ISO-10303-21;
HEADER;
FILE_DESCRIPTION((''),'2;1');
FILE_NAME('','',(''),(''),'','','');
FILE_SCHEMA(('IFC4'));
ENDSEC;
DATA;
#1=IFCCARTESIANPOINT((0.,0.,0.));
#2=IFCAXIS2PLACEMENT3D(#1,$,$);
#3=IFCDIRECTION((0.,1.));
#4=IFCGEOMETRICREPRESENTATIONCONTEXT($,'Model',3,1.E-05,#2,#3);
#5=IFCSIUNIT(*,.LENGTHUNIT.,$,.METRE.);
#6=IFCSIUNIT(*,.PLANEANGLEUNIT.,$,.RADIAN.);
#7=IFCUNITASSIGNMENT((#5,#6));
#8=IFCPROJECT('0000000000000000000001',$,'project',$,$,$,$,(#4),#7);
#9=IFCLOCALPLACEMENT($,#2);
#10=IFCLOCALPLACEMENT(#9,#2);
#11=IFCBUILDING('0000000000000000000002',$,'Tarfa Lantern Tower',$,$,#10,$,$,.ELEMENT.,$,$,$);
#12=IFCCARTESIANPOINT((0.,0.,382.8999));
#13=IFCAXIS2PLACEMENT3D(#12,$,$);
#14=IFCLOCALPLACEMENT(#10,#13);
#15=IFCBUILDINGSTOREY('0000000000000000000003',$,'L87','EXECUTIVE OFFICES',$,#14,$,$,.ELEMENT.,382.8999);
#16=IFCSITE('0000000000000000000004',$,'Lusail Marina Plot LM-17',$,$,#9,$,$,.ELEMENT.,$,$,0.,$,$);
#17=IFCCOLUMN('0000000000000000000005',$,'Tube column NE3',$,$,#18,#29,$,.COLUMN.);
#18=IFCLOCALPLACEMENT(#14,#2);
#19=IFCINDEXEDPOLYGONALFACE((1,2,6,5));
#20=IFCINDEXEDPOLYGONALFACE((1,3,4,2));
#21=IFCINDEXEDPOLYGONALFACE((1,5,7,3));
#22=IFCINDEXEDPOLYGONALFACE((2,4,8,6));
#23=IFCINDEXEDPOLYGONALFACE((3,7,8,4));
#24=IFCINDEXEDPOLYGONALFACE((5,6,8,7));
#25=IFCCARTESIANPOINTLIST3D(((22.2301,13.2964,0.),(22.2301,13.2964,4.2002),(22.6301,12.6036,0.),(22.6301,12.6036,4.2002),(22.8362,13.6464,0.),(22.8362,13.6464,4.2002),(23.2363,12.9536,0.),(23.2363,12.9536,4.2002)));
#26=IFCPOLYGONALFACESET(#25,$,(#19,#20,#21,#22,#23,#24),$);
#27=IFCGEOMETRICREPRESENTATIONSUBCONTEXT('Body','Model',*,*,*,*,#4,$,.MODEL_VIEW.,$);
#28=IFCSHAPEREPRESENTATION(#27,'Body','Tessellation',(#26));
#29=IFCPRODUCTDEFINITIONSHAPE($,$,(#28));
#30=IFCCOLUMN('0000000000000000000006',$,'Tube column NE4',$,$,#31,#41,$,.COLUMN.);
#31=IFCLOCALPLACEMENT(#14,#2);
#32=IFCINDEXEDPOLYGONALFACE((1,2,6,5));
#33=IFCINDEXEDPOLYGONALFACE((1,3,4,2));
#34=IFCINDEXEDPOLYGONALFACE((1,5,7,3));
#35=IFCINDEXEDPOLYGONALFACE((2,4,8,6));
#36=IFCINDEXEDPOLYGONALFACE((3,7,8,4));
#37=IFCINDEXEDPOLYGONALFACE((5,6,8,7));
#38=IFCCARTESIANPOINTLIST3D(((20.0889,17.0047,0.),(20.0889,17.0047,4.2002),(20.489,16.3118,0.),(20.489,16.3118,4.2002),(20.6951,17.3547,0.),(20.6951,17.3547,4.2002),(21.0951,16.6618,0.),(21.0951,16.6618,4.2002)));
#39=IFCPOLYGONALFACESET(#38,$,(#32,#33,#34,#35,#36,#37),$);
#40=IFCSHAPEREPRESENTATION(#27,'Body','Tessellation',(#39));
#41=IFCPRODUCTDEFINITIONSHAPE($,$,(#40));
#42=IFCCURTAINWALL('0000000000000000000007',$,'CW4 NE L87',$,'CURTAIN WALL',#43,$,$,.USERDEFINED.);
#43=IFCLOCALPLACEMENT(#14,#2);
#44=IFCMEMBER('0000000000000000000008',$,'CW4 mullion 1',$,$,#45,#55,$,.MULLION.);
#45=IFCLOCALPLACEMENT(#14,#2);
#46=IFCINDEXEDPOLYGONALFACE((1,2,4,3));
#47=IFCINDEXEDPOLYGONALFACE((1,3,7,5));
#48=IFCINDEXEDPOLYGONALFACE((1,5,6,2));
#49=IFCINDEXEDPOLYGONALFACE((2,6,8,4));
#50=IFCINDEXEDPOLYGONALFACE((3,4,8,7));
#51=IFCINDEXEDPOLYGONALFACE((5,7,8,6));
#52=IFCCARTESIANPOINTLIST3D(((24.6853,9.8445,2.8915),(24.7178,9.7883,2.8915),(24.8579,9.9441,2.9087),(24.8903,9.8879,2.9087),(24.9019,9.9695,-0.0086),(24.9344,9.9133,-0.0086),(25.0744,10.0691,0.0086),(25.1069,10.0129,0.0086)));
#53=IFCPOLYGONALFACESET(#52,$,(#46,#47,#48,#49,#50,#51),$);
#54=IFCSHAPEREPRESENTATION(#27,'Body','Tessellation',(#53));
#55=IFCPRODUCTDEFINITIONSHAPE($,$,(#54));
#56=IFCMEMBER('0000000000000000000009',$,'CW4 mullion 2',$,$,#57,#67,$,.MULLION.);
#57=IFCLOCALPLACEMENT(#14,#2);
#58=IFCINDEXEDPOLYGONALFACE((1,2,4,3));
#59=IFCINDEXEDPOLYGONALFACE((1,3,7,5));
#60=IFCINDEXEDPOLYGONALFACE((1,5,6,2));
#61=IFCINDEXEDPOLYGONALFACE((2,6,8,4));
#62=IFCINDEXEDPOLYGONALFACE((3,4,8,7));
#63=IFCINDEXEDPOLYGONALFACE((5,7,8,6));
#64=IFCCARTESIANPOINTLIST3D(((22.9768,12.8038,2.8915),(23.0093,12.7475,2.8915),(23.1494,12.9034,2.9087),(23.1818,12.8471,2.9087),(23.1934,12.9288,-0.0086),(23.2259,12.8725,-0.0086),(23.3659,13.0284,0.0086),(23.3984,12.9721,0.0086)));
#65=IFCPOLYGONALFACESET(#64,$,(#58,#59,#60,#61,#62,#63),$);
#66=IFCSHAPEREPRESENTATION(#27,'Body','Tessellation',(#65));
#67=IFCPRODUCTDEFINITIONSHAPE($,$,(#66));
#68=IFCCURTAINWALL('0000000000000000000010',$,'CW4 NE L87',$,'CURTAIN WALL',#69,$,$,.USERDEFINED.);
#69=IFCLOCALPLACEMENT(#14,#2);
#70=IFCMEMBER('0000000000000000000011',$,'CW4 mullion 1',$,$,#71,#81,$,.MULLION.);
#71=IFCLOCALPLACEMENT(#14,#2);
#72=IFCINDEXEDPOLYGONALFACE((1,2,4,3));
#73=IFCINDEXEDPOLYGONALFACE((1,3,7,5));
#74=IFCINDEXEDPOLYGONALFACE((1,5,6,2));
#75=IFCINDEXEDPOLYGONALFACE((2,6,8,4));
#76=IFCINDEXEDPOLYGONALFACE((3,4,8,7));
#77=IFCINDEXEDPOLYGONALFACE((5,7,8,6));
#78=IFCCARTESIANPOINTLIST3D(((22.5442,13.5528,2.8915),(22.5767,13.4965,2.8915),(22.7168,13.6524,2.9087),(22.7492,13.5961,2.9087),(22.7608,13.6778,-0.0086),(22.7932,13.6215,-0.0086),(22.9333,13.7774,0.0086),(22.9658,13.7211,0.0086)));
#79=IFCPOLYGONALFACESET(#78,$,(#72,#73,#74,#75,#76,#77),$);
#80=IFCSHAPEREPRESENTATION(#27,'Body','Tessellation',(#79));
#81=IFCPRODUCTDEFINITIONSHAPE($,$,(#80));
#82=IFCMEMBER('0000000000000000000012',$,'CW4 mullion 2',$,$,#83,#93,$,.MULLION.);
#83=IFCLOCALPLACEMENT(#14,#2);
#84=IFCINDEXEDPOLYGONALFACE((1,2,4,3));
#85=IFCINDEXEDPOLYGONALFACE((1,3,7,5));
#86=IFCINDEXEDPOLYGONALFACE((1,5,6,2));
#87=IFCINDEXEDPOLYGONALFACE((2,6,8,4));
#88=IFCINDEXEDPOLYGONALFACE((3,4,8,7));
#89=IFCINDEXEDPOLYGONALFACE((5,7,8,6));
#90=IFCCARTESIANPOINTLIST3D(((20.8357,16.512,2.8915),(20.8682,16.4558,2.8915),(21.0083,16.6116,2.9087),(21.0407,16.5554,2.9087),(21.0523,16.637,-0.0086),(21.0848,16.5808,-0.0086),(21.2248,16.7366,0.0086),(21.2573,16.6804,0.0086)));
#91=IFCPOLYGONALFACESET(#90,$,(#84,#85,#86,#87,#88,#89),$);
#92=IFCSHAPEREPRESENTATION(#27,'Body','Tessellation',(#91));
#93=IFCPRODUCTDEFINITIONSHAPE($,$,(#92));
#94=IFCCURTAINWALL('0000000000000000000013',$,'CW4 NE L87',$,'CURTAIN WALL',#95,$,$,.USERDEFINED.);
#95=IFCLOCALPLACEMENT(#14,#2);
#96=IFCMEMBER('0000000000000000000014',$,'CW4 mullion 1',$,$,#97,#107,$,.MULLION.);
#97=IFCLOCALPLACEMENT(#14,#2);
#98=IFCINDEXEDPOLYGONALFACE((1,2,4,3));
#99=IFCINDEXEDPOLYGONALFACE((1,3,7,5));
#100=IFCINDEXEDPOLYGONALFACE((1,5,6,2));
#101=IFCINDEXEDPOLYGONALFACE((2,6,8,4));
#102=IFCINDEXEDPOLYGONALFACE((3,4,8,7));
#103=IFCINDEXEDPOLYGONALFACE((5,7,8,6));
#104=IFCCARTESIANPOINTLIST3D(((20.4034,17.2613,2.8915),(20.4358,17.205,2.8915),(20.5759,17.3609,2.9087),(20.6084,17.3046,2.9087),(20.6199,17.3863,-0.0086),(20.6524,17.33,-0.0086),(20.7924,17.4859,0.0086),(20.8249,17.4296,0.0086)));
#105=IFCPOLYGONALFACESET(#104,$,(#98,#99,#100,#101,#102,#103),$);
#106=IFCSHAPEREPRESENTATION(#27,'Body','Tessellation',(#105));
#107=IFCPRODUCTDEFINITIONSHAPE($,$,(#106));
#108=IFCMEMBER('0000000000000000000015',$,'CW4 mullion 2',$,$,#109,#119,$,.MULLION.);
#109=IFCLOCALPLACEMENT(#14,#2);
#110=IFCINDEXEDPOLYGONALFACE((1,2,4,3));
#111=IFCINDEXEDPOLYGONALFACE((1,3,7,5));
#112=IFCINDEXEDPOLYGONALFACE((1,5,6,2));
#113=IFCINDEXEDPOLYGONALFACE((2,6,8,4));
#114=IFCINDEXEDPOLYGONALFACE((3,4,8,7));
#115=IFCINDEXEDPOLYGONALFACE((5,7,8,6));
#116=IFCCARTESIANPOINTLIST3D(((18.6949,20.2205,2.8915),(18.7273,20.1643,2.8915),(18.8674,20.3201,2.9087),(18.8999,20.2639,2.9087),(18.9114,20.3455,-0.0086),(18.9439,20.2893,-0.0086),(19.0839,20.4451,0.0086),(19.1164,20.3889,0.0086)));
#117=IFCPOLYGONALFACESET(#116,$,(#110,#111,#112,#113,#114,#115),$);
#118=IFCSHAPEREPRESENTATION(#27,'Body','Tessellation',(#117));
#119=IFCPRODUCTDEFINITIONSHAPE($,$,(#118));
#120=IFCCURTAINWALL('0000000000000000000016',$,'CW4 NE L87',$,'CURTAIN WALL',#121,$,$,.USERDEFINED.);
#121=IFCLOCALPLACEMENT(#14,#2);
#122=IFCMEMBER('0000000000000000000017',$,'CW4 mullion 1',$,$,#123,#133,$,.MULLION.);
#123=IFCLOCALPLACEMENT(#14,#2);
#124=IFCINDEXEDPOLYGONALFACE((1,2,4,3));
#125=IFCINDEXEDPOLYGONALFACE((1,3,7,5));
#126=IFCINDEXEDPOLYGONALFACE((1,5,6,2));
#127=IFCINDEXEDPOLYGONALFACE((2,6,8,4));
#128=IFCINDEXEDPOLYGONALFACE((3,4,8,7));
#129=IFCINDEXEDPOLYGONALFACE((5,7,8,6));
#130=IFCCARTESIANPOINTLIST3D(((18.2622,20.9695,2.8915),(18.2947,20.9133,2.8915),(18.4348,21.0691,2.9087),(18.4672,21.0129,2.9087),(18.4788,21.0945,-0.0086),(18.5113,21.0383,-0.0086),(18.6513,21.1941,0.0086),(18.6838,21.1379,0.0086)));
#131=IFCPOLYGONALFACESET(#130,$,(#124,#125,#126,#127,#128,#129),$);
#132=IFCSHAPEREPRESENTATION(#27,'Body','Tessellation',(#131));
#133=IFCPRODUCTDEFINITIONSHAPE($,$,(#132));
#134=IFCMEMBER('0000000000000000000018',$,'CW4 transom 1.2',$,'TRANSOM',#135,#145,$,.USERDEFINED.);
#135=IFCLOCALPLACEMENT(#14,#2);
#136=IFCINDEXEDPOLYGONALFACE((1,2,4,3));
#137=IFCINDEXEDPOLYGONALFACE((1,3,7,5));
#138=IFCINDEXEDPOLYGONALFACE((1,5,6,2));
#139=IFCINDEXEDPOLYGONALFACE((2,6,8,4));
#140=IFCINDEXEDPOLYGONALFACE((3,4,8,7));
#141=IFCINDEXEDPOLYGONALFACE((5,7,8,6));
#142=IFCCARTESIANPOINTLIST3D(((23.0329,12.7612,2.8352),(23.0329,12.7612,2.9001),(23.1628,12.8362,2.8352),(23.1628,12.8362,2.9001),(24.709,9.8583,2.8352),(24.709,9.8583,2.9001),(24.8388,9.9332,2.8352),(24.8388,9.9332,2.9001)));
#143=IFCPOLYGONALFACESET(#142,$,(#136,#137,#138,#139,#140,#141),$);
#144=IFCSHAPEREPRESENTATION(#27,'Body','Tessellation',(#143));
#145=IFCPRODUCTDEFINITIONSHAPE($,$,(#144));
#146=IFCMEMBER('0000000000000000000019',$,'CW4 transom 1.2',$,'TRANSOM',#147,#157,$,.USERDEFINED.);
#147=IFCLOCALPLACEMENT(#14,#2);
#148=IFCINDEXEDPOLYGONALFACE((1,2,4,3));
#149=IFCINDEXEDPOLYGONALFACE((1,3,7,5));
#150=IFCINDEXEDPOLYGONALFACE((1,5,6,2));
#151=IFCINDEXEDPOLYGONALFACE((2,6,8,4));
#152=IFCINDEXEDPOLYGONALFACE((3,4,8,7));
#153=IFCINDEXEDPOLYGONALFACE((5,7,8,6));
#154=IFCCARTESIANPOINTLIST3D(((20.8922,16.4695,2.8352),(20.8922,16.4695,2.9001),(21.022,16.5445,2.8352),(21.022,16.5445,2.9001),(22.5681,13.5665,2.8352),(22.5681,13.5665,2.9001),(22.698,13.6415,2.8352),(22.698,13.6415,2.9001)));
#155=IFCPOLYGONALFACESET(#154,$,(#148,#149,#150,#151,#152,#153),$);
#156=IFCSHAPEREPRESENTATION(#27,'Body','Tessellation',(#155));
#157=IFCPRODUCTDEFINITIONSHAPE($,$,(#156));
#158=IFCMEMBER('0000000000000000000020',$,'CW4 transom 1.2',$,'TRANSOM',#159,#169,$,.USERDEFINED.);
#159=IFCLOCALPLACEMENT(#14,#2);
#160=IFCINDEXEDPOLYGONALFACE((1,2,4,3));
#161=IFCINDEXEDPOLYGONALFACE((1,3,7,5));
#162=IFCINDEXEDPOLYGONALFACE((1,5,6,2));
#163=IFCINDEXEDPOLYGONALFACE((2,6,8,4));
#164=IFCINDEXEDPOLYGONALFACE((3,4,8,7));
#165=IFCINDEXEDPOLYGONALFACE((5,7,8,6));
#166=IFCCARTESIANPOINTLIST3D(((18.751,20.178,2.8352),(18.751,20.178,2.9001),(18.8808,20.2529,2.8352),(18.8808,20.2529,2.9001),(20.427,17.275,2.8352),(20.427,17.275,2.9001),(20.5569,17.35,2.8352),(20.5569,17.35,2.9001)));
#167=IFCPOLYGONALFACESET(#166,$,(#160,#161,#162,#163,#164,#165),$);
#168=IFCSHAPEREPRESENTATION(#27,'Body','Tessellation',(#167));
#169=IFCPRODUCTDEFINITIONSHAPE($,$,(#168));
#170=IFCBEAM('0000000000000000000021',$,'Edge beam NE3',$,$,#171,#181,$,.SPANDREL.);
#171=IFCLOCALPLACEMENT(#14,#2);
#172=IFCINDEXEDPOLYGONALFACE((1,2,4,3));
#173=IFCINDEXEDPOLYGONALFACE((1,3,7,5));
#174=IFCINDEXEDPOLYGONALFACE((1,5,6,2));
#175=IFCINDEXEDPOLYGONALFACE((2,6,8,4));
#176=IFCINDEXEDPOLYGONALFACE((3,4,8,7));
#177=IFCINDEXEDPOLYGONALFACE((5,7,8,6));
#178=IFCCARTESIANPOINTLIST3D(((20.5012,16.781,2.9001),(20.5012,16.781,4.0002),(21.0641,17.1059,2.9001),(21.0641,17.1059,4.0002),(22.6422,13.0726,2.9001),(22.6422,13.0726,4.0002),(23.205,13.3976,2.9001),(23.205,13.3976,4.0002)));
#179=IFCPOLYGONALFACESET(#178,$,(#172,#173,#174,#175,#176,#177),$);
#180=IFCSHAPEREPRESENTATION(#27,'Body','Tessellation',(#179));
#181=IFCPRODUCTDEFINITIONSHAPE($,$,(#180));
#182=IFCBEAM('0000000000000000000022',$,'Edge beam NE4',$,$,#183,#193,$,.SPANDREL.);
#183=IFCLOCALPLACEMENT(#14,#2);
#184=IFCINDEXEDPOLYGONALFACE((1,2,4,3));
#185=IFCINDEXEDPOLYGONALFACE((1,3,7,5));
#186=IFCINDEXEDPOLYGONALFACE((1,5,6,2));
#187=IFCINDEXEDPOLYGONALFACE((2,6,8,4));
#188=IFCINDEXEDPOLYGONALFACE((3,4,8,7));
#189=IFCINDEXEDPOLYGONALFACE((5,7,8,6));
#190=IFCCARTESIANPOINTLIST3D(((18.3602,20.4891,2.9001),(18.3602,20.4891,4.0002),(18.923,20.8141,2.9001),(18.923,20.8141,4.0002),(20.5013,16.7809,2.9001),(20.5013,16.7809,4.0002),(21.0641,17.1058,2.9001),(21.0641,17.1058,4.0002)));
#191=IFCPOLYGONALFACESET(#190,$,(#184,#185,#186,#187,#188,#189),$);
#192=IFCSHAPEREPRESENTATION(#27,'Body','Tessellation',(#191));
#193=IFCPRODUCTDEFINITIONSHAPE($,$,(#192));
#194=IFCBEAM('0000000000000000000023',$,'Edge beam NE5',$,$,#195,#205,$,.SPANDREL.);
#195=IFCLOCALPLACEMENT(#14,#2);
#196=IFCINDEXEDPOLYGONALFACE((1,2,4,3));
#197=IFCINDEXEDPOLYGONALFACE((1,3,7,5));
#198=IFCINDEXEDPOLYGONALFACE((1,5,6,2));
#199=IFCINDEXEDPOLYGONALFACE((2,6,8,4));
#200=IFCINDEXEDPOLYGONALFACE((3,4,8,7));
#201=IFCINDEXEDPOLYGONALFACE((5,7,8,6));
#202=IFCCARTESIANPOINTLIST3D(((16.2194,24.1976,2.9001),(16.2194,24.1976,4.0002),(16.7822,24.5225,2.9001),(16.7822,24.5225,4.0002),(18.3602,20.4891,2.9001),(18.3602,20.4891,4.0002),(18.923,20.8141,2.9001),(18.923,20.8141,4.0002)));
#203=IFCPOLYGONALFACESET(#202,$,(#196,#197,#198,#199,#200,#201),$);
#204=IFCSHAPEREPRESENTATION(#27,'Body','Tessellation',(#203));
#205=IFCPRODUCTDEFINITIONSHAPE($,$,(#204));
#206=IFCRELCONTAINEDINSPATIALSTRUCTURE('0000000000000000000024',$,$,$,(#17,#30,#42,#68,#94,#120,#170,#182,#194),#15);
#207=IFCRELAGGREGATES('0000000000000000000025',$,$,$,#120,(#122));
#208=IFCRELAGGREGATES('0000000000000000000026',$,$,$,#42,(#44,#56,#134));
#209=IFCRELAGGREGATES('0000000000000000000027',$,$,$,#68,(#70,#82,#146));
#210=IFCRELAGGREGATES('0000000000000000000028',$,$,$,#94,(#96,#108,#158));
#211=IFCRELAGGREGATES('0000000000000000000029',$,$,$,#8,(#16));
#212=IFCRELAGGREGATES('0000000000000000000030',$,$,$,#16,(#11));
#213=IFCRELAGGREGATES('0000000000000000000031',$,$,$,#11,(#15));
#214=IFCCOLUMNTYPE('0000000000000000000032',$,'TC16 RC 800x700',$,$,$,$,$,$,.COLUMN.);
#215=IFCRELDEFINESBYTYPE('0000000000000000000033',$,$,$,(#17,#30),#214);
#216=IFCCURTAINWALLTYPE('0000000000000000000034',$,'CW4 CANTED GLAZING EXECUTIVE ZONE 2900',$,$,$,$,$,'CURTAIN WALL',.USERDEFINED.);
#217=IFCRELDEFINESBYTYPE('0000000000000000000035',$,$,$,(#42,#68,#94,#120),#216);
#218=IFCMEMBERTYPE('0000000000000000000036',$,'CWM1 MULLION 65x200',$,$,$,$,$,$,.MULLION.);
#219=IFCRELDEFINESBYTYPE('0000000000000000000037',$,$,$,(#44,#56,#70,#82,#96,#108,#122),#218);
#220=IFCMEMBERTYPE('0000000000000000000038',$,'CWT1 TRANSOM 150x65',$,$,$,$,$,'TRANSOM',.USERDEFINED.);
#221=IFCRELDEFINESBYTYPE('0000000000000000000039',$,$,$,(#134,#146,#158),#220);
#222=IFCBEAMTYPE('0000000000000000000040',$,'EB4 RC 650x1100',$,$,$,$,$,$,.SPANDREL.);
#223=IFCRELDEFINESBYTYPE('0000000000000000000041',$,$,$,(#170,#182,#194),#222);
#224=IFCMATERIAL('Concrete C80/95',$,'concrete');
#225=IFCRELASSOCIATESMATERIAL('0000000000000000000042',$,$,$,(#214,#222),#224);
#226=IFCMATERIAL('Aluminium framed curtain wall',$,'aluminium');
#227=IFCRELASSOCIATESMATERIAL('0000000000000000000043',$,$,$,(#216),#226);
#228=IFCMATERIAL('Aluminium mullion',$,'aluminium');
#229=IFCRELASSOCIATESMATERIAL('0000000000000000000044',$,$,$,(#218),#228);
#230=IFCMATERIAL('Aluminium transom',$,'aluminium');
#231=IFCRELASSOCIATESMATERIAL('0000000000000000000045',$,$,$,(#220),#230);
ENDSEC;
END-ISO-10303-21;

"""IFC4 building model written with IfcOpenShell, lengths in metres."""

from ifc_helpers import new_model, si_unit, direction, frame, origin, origin_2d, place, context, subcontext, project, spatial, rectangle, extrude, material, material_profile, profile_set, type_object, element, aggregate, save


model = new_model("IFC4")

# Units and contexts
model_context = context("Model", 3, precision=1e-05, world=origin(), true_north=direction((0.0, 1.0)))
body_context = subcontext(model_context, "Body", "Model", "MODEL_VIEW")
ifc_project = project(units=[si_unit("LENGTHUNIT", "METRE"), si_unit("PLANEANGLEUNIT", "RADIAN")], contexts=[model_context])

# Site, building, storey
site_placement = place(None, origin())
site = spatial("IfcSite", under=ifc_project, at=site_placement, Name="Lusail Marina Plot LM-17", CompositionType="ELEMENT", RefElevation=0.0)
building_placement = place(site_placement, origin())
building = spatial("IfcBuilding", under=site, at=building_placement, Name="Tarfa Lantern Tower", CompositionType="ELEMENT")
storey_placement = place(building_placement, frame((0.0, 0.0, 382.8999)))
storey = spatial("IfcBuildingStorey", under=building, at=storey_placement, Name="L87", Description="EXECUTIVE OFFICES", CompositionType="ELEMENT", Elevation=382.8999)

# Columns
ifc_material_1 = material(Name="Concrete C80/95", Category="concrete")
ifc_material_profile_1 = material_profile(ifc_material_1, rectangle(XDim=0.8, YDim=0.7, at=origin_2d()), Name="RC 800x700")
ifc_profile_set_1 = profile_set([ifc_material_profile_1], Name="Concrete C80/95")
column_type = type_object("IfcColumnType", Name="TC16 RC 800x700", PredefinedType="COLUMN", material=ifc_profile_set_1)
for number, where, z_axis, x_axis, name in (
    (1, (22.7332, 13.125, 0.0), (0.0, 0.0, 1.0), (-0.5, 0.866025, 0.0), "Tube column NE3"),
    (2, (20.592, 16.8333, 0.0), (0.0, 0.0, 1.0), (-0.5, 0.866025, 0.0), "Tube column NE4"),
):
    element("IfcColumn", number, at=place(storey_placement, frame(where, z_axis=z_axis, x_axis=x_axis)), inside=storey, type_object=column_type, Name=name, PredefinedType="COLUMN", context=body_context, shape_type="SweptSolid", body=[
        extrude(rectangle(XDim=0.8, YDim=0.7, at=origin_2d()), origin(), (0.0, 0.0, 1.0), 4.2002),
    ])

# Curtain walls, members
ifc_material_2 = material(Name="Aluminium framed curtain wall", Category="aluminium")
curtain_wall_type = type_object("IfcCurtainWallType", Name="CW4 CANTED GLAZING EXECUTIVE ZONE 2900", ElementType="CURTAIN WALL", PredefinedType="USERDEFINED", material=ifc_material_2)
curtain_wall_1_placement = place(storey_placement, origin())
curtain_wall_1 = element("IfcCurtainWall", 3, at=curtain_wall_1_placement, inside=storey, type_object=curtain_wall_type, Name="CW4 NE L87", ObjectType="CURTAIN WALL", PredefinedType="USERDEFINED")
ifc_material_3 = material(Name="Aluminium mullion", Category="aluminium")
ifc_material_profile_2 = material_profile(ifc_material_3, rectangle(XDim=0.0649, YDim=0.2, at=origin_2d()), Name="AL MULLION 65x200")
ifc_profile_set_2 = profile_set([ifc_material_profile_2], Name="Aluminium mullion")
member_type_1 = type_object("IfcMemberType", Name="CWM1 MULLION 65x200", PredefinedType="MULLION", material=ifc_profile_set_2)
member_1_placement = place(storey_placement, frame((25.0044, 9.9912, 0.0), z_axis=(-0.074394, -0.042942, 0.996304), x_axis=(0.49992, -0.866072, 0.0)))
member_1 = element("IfcMember", 4, at=member_1_placement, type_object=member_type_1, Name="CW4 mullion 1", PredefinedType="MULLION", context=body_context, shape_type="SweptSolid", body=[
    extrude(rectangle(XDim=0.0649, YDim=0.2, at=origin_2d()), origin(), (0.0, 0.0, 1.0), 2.9109),
])
member_2_placement = place(storey_placement, frame((23.2959, 12.9504, 0.0), z_axis=(-0.074394, -0.042942, 0.996304), x_axis=(0.49992, -0.866072, 0.0)))
member_2 = element("IfcMember", 5, at=member_2_placement, type_object=member_type_1, Name="CW4 mullion 2", PredefinedType="MULLION", context=body_context, shape_type="SweptSolid", body=[
    extrude(rectangle(XDim=0.0649, YDim=0.2, at=origin_2d()), origin(), (0.0, 0.0, 1.0), 2.9109),
])
curtain_wall_2_placement = place(storey_placement, origin())
curtain_wall_2 = element("IfcCurtainWall", 6, at=curtain_wall_2_placement, inside=storey, type_object=curtain_wall_type, Name="CW4 NE L87", ObjectType="CURTAIN WALL", PredefinedType="USERDEFINED")
member_3_placement = place(storey_placement, frame((22.8633, 13.6995, 0.0), z_axis=(-0.074394, -0.042942, 0.996304), x_axis=(0.49992, -0.866072, 0.0)))
member_3 = element("IfcMember", 7, at=member_3_placement, type_object=member_type_1, Name="CW4 mullion 1", PredefinedType="MULLION", context=body_context, shape_type="SweptSolid", body=[
    extrude(rectangle(XDim=0.0649, YDim=0.2, at=origin_2d()), origin(), (0.0, 0.0, 1.0), 2.9109),
])
member_4_placement = place(storey_placement, frame((21.1548, 16.6587, 0.0), z_axis=(-0.074394, -0.042942, 0.996304), x_axis=(0.49992, -0.866072, 0.0)))
member_4 = element("IfcMember", 8, at=member_4_placement, type_object=member_type_1, Name="CW4 mullion 2", PredefinedType="MULLION", context=body_context, shape_type="SweptSolid", body=[
    extrude(rectangle(XDim=0.0649, YDim=0.2, at=origin_2d()), origin(), (0.0, 0.0, 1.0), 2.9109),
])
curtain_wall_3_placement = place(storey_placement, origin())
curtain_wall_3 = element("IfcCurtainWall", 9, at=curtain_wall_3_placement, inside=storey, type_object=curtain_wall_type, Name="CW4 NE L87", ObjectType="CURTAIN WALL", PredefinedType="USERDEFINED")
member_5_placement = place(storey_placement, frame((20.7224, 17.408, 0.0), z_axis=(-0.074394, -0.042942, 0.996304), x_axis=(0.49992, -0.866072, 0.0)))
member_5 = element("IfcMember", 10, at=member_5_placement, type_object=member_type_1, Name="CW4 mullion 1", PredefinedType="MULLION", context=body_context, shape_type="SweptSolid", body=[
    extrude(rectangle(XDim=0.0649, YDim=0.2, at=origin_2d()), origin(), (0.0, 0.0, 1.0), 2.9109),
])
member_6_placement = place(storey_placement, frame((19.0139, 20.3672, 0.0), z_axis=(-0.074394, -0.042942, 0.996304), x_axis=(0.49992, -0.866072, 0.0)))
member_6 = element("IfcMember", 11, at=member_6_placement, type_object=member_type_1, Name="CW4 mullion 2", PredefinedType="MULLION", context=body_context, shape_type="SweptSolid", body=[
    extrude(rectangle(XDim=0.0649, YDim=0.2, at=origin_2d()), origin(), (0.0, 0.0, 1.0), 2.9109),
])

# Curtain wall, member
curtain_wall_4_placement = place(storey_placement, origin())
curtain_wall_4 = element("IfcCurtainWall", 12, at=curtain_wall_4_placement, inside=storey, type_object=curtain_wall_type, Name="CW4 NE L87", ObjectType="CURTAIN WALL", PredefinedType="USERDEFINED")
member_7_placement = place(storey_placement, frame((18.5813, 21.1162, 0.0), z_axis=(-0.074394, -0.042942, 0.996304), x_axis=(0.49992, -0.866072, 0.0)))
member_7 = element("IfcMember", 13, at=member_7_placement, type_object=member_type_1, Name="CW4 mullion 1", PredefinedType="MULLION", context=body_context, shape_type="SweptSolid", body=[
    extrude(rectangle(XDim=0.0649, YDim=0.2, at=origin_2d()), origin(), (0.0, 0.0, 1.0), 2.9109),
])
aggregate(curtain_wall_4, [member_7])

# Members
ifc_material_4 = material(Name="Aluminium transom", Category="aluminium")
ifc_material_profile_3 = material_profile(ifc_material_4, rectangle(XDim=0.1499, YDim=0.0649, at=origin_2d()), Name="AL TRANSOM 150x65")
ifc_profile_set_3 = profile_set([ifc_material_profile_3], Name="Aluminium transom")
member_type_2 = type_object("IfcMemberType", Name="CWT1 TRANSOM 150x65", ElementType="TRANSOM", PredefinedType="USERDEFINED", material=ifc_profile_set_3)
member_8_placement = place(storey_placement, frame((24.7739, 9.8958, 2.8677), z_axis=(-0.500017, 0.866016, 0.0), x_axis=(-0.866016, -0.500017, 0.0)))
member_8 = element("IfcMember", 14, at=member_8_placement, type_object=member_type_2, Name="CW4 transom 1.2", ObjectType="TRANSOM", PredefinedType="USERDEFINED", context=body_context, shape_type="SweptSolid", body=[
    extrude(rectangle(XDim=0.1499, YDim=0.0649, at=origin_2d()), origin(), (0.0, 0.0, 1.0), 3.3521),
])
member_9_placement = place(storey_placement, frame((22.6331, 13.604, 2.8677), z_axis=(-0.499985, 0.866034, 0.0), x_axis=(-0.866034, -0.499985, 0.0)))
member_9 = element("IfcMember", 15, at=member_9_placement, type_object=member_type_2, Name="CW4 transom 1.2", ObjectType="TRANSOM", PredefinedType="USERDEFINED", context=body_context, shape_type="SweptSolid", body=[
    extrude(rectangle(XDim=0.1499, YDim=0.0649, at=origin_2d()), origin(), (0.0, 0.0, 1.0), 3.3521),
])
member_10_placement = place(storey_placement, frame((20.4919, 17.3125, 2.8677), z_axis=(-0.500017, 0.866016, 0.0), x_axis=(-0.866016, -0.500017, 0.0)))
member_10 = element("IfcMember", 16, at=member_10_placement, type_object=member_type_2, Name="CW4 transom 1.2", ObjectType="TRANSOM", PredefinedType="USERDEFINED", context=body_context, shape_type="SweptSolid", body=[
    extrude(rectangle(XDim=0.1499, YDim=0.0649, at=origin_2d()), origin(), (0.0, 0.0, 1.0), 3.3521),
])

# Beams
ifc_material_profile_4 = material_profile(ifc_material_1, rectangle(XDim=0.6499, YDim=1.1001, at=origin_2d()), Name="RC 650x1100")
ifc_profile_set_4 = profile_set([ifc_material_profile_4], Name="Concrete C80/95")
beam_type_1 = type_object("IfcBeamType", Name="EB4 RC 650x1100", PredefinedType="SPANDREL", material=ifc_profile_set_4)
for number, where, z_axis, x_axis, name in (
    (17, (22.9236, 13.2351, 3.4502), (-0.499984, 0.866035, 0.0), (-0.866035, -0.499984, 0.0), "Edge beam NE3"),
    (18, (20.7827, 16.9434, 3.4502), (-0.500027, 0.86601, 0.0), (-0.86601, -0.500027, 0.0), "Edge beam NE4"),
    (19, (18.6416, 20.6516, 3.4502), (-0.499959, 0.866049, 0.0), (-0.866049, -0.499959, 0.0), "Edge beam NE5"),
):
    element("IfcBeam", number, at=place(storey_placement, frame(where, z_axis=z_axis, x_axis=x_axis)), inside=storey, type_object=beam_type_1, Name=name, PredefinedType="SPANDREL", context=body_context, shape_type="SweptSolid", body=[
        extrude(rectangle(XDim=0.6499, YDim=1.1001, at=origin_2d()), origin(), (0.0, 0.0, 1.0), 4.282),
    ])

aggregate(curtain_wall_1, [member_1, member_2, member_8])
aggregate(curtain_wall_2, [member_3, member_4, member_9])
aggregate(curtain_wall_3, [member_5, member_6, member_10])

save(model, "model.ifc")
